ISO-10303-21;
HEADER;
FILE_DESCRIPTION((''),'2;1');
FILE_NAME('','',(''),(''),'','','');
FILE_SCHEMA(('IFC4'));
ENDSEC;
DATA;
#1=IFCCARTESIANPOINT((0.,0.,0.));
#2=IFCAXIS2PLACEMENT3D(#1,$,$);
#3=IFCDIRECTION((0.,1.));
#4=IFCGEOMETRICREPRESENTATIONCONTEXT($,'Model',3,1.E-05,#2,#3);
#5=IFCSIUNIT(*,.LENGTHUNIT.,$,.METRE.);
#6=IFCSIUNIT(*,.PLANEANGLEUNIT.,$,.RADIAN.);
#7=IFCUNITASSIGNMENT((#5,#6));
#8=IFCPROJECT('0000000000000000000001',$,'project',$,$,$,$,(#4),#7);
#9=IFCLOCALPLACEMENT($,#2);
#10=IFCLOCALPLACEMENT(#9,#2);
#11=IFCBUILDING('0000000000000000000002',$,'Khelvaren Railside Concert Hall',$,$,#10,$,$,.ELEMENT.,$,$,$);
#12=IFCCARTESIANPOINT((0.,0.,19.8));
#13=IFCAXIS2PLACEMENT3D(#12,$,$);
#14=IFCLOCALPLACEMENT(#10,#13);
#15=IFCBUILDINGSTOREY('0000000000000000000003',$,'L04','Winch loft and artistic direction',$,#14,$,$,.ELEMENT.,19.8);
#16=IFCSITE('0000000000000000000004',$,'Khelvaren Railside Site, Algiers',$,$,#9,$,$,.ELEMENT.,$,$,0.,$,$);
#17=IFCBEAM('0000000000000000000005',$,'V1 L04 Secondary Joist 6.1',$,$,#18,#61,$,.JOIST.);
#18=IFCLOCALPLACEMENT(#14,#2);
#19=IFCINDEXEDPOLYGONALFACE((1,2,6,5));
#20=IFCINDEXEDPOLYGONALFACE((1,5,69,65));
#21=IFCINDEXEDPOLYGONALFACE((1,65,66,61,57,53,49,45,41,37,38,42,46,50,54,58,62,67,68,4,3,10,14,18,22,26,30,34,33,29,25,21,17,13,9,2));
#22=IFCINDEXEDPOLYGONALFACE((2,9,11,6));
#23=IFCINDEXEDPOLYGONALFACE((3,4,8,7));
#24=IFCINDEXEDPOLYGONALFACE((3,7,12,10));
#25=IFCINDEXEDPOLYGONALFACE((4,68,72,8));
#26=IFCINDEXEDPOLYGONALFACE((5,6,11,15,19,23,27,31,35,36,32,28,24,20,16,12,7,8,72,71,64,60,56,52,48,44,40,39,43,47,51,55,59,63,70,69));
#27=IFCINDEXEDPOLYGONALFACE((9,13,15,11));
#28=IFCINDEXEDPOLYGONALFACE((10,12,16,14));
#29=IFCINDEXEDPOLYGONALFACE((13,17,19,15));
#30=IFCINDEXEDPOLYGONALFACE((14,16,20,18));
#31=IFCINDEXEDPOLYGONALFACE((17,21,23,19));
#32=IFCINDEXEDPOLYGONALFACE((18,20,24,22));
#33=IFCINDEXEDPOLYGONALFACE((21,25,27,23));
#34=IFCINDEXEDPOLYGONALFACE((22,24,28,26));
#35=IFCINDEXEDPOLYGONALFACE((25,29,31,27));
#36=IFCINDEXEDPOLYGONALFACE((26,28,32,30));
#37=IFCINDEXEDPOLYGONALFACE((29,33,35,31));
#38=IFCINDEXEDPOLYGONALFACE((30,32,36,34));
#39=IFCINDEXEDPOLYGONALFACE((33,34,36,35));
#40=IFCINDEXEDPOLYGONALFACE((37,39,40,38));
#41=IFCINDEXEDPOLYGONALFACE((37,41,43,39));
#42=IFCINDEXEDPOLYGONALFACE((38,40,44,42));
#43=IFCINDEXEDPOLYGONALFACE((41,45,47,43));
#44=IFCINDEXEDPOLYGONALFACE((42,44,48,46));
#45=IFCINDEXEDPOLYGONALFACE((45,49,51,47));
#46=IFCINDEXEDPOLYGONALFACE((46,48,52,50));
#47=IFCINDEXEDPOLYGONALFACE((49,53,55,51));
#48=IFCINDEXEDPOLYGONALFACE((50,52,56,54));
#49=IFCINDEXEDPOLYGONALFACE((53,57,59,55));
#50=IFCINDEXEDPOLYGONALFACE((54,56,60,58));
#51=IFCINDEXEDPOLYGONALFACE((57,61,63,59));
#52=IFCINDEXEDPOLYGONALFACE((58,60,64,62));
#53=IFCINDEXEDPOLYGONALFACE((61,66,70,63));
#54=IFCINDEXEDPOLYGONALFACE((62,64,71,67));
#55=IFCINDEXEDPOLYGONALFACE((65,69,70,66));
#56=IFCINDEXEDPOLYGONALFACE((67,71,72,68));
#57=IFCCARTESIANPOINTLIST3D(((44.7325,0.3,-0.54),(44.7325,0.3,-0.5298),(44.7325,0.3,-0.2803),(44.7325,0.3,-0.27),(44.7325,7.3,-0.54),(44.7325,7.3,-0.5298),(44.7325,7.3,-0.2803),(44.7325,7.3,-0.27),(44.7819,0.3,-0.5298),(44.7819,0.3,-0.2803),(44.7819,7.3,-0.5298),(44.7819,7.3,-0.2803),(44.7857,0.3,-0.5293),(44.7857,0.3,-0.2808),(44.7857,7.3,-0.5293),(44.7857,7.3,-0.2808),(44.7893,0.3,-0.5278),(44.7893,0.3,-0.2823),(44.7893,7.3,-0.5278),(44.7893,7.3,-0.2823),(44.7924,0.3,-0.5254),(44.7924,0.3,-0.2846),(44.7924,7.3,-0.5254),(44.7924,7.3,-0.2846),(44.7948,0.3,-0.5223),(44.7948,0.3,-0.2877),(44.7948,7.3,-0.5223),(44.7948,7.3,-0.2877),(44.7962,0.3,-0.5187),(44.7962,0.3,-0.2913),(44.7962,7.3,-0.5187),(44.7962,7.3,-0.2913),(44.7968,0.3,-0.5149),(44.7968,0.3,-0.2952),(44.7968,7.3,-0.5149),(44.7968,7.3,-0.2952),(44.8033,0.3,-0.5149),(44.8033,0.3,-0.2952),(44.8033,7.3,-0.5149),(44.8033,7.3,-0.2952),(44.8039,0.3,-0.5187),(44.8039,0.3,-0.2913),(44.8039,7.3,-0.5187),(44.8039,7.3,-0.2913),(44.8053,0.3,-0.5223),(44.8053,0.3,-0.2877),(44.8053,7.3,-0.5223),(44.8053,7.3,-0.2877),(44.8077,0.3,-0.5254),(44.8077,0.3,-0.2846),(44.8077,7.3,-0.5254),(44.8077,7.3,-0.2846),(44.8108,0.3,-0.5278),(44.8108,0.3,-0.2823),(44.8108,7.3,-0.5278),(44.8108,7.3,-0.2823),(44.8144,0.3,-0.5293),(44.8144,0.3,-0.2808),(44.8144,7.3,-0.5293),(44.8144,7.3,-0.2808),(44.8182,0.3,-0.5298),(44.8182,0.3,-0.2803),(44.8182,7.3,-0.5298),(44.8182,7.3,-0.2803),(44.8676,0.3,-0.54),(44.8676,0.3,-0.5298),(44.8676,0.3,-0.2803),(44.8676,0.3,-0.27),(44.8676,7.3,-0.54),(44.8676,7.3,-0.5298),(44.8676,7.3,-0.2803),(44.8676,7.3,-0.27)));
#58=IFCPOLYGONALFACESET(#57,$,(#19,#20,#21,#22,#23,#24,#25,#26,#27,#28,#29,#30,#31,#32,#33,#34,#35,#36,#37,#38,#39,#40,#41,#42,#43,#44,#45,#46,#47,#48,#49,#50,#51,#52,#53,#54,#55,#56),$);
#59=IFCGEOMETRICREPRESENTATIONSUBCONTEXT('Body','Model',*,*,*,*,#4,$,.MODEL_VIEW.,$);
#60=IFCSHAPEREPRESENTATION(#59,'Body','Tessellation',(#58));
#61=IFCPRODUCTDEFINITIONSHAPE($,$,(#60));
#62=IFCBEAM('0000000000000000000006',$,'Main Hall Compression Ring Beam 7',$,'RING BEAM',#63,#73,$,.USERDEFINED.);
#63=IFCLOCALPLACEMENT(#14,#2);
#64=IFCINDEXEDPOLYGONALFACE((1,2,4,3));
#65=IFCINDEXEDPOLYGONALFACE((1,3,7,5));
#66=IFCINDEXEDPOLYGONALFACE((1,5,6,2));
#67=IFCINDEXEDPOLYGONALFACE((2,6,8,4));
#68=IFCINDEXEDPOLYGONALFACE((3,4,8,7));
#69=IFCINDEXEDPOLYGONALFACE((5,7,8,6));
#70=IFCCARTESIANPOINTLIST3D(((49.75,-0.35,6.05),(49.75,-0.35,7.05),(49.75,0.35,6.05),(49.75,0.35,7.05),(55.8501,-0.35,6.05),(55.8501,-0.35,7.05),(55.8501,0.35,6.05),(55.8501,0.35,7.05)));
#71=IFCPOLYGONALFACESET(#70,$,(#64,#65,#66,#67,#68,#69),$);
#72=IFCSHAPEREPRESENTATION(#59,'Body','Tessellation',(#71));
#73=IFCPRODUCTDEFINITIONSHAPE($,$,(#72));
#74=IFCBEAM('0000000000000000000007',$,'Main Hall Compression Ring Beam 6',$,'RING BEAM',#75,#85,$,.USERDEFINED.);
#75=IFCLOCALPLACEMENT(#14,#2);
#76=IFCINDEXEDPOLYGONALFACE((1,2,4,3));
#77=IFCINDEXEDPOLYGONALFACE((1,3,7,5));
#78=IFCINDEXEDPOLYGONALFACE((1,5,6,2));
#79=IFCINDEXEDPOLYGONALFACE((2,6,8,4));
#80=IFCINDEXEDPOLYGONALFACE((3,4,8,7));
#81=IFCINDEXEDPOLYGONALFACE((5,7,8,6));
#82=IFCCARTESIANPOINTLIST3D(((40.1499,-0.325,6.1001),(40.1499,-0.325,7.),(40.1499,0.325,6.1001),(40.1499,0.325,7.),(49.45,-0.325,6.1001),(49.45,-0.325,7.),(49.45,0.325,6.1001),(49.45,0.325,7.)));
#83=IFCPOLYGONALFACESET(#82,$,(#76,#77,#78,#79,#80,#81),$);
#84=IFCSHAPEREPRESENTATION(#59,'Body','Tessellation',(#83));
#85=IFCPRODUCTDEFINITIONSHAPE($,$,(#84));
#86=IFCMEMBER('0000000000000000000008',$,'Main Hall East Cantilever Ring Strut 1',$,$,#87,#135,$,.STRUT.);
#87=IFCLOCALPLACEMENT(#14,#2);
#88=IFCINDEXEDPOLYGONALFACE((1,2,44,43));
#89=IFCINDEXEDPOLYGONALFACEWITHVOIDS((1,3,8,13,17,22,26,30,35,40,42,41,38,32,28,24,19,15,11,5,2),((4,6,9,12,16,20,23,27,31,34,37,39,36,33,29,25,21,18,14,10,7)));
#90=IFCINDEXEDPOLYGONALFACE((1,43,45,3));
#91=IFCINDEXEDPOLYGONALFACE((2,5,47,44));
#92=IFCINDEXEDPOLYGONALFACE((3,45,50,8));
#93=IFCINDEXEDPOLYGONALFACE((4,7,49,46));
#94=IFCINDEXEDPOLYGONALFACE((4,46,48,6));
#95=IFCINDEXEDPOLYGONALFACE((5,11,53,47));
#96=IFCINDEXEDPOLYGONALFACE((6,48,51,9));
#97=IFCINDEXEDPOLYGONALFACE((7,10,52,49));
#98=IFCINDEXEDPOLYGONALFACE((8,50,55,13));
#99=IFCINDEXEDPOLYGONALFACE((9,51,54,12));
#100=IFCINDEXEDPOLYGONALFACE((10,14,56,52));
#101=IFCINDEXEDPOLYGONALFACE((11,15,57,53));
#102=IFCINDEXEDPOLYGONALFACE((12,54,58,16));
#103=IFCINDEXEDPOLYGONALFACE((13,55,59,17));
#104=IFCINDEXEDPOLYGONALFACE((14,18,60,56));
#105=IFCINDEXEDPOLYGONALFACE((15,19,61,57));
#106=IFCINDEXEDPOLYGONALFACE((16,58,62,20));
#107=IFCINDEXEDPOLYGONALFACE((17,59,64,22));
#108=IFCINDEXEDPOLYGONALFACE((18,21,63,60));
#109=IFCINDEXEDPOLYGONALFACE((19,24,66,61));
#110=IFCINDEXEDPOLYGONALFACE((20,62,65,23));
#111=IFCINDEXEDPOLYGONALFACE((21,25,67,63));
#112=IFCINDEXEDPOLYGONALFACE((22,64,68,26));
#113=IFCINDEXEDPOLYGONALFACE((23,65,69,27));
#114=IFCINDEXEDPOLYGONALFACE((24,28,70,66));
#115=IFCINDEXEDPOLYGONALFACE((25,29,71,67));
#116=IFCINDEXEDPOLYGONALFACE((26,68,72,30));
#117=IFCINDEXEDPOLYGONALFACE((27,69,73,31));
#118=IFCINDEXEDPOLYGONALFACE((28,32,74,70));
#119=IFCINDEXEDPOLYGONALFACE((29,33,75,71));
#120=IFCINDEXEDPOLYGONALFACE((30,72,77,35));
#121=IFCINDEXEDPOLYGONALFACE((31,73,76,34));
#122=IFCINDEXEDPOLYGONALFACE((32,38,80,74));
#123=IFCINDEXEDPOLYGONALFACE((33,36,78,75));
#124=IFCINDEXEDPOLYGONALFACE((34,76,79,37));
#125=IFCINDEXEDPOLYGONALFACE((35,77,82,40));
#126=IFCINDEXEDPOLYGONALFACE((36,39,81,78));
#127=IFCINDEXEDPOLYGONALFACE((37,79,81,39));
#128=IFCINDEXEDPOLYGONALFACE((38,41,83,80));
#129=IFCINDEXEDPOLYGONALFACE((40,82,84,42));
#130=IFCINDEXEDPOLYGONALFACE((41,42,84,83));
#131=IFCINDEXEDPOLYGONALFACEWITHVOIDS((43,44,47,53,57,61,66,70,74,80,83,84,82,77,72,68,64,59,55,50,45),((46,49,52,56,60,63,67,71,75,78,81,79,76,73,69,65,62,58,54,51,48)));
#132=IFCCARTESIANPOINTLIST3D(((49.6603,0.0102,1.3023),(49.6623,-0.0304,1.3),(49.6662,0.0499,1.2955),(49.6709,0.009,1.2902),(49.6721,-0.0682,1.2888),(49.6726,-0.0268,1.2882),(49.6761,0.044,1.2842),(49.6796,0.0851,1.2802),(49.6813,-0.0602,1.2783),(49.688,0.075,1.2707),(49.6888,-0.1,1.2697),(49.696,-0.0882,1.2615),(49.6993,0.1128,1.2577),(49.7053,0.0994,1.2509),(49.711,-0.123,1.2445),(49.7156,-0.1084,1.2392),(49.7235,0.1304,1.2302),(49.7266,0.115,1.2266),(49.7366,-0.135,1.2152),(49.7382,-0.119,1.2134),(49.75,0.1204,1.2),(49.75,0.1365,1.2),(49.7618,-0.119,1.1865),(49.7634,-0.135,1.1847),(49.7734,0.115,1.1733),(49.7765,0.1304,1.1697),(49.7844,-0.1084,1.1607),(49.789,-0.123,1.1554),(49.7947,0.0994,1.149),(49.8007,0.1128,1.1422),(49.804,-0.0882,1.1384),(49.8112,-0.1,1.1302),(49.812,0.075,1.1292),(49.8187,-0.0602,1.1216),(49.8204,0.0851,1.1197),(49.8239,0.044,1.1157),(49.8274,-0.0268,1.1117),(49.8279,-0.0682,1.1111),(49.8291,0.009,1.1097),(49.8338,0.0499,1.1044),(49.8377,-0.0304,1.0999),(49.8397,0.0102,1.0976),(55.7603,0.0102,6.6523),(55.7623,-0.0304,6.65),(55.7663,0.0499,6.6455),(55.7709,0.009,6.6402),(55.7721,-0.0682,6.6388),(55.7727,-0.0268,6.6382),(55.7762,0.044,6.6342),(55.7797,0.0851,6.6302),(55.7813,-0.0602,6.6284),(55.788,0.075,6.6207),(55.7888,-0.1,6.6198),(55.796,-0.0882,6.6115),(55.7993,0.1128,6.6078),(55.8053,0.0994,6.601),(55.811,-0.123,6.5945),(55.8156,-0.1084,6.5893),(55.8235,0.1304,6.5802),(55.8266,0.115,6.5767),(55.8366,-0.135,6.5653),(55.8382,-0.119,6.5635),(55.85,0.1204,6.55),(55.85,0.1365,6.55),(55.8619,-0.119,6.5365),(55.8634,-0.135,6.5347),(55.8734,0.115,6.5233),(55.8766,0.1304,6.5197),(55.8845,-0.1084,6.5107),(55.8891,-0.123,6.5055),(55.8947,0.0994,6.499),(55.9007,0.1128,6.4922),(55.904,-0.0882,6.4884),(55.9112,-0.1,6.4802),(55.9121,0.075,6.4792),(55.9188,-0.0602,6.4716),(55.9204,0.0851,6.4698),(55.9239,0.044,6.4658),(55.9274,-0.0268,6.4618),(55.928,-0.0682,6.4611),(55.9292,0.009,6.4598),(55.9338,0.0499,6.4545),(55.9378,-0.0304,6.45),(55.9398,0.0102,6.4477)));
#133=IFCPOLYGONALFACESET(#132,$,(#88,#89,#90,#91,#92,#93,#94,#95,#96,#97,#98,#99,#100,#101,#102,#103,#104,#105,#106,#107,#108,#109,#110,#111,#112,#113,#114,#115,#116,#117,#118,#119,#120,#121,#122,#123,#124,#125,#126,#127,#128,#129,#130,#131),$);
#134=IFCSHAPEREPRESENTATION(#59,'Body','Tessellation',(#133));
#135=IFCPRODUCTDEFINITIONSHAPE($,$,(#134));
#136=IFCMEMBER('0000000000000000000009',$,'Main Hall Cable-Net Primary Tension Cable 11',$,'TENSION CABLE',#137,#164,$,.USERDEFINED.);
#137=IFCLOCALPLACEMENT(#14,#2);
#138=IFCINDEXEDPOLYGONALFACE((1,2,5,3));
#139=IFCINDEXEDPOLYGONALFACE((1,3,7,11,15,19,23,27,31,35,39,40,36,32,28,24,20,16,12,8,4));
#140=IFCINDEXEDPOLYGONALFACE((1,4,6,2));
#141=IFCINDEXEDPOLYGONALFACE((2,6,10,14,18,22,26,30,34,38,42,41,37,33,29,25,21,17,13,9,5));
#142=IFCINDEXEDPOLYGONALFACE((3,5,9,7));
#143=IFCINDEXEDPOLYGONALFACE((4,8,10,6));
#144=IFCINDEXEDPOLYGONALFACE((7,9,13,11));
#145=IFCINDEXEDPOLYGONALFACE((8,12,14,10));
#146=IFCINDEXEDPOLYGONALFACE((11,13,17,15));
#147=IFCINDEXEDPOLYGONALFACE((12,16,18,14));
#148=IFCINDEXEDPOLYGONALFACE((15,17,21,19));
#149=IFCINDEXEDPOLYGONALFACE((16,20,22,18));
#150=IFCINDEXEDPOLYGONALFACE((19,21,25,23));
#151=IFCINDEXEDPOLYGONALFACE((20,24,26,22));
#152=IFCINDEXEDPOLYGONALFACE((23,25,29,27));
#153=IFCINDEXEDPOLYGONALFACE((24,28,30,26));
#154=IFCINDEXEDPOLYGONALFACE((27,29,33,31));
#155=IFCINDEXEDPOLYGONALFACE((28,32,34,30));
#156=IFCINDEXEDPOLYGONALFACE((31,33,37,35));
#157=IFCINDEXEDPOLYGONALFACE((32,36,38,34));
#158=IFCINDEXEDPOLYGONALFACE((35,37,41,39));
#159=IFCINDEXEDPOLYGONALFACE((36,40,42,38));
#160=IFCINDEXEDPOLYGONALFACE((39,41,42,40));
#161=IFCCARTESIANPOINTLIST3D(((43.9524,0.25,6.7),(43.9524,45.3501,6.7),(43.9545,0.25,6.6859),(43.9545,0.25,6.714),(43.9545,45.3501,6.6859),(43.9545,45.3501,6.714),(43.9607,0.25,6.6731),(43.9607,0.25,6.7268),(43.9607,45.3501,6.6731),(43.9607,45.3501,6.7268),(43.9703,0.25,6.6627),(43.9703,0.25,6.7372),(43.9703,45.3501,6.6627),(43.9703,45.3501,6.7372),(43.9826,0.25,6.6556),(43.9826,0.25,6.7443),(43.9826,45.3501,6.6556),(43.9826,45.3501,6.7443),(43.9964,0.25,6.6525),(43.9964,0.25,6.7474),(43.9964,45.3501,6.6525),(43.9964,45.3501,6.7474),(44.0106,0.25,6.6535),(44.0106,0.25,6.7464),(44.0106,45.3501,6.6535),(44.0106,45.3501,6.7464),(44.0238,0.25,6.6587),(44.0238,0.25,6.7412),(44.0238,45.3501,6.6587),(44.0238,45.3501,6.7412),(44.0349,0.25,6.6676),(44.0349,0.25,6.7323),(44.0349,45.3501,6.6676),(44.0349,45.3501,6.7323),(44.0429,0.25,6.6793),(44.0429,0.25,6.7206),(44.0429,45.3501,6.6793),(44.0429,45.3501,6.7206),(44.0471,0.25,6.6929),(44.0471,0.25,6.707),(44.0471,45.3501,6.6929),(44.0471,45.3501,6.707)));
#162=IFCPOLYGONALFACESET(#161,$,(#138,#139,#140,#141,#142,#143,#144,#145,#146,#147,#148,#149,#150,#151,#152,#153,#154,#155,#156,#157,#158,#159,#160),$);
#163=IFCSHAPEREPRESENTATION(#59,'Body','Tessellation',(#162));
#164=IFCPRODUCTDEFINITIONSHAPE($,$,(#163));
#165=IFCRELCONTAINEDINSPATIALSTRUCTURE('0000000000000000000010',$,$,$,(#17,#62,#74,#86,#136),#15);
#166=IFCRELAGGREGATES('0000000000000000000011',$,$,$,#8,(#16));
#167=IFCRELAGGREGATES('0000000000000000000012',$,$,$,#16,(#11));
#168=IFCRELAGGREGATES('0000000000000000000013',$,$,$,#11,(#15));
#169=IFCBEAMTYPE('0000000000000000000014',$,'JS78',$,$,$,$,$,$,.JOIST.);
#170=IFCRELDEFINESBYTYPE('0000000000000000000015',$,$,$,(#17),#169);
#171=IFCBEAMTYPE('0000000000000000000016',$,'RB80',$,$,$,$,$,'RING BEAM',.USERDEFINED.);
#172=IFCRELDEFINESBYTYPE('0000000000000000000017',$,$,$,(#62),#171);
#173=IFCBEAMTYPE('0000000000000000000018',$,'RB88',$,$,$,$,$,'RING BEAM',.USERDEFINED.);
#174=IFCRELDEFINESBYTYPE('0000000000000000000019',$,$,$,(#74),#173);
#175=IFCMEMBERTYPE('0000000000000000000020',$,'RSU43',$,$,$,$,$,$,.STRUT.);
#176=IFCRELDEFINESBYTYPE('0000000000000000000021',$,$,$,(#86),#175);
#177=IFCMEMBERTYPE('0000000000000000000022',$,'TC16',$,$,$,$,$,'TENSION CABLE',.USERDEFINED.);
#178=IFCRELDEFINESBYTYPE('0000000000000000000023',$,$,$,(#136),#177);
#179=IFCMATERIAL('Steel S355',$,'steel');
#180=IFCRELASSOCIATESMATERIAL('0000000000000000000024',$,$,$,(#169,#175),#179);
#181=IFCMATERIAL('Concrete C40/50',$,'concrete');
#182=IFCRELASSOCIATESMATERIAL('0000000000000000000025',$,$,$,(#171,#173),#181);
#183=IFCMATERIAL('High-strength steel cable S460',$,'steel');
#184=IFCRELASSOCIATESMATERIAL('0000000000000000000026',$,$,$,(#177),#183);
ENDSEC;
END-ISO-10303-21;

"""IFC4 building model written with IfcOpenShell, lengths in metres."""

from ifc_helpers import new_model, si_unit, direction, frame, origin, origin_2d, place, context, subcontext, project, spatial, rectangle, circle, hollow_circle, i_section, extrude, material, material_profile, profile_set, type_object, element, save


model = new_model("IFC4")

# Units and contexts
model_context = context("Model", 3, precision=1e-05, world=origin(), true_north=direction((0.0, 1.0)))
body_context = subcontext(model_context, "Body", "Model", "MODEL_VIEW")
ifc_project = project(units=[si_unit("LENGTHUNIT", "METRE"), si_unit("PLANEANGLEUNIT", "RADIAN")], contexts=[model_context])

# Site, building, storey
site_placement = place(None, origin())
site = spatial("IfcSite", under=ifc_project, at=site_placement, Name="Khelvaren Railside Site, Algiers", CompositionType="ELEMENT", RefElevation=0.0)
building_placement = place(site_placement, origin())
building = spatial("IfcBuilding", under=site, at=building_placement, Name="Khelvaren Railside Concert Hall", CompositionType="ELEMENT")
storey_placement = place(building_placement, frame((0.0, 0.0, 19.8)))
storey = spatial("IfcBuildingStorey", under=building, at=storey_placement, Name="L04", Description="Winch loft and artistic direction", CompositionType="ELEMENT", Elevation=19.8)

# Shared definitions
ifc_material_1 = material(Name="Steel S355", Category="steel")

# Beams
ifc_material_2 = material(Name="Concrete C40/50", Category="concrete")
ifc_material_profile_1 = material_profile(ifc_material_1, i_section(OverallWidth=0.135, OverallDepth=0.27, WebThickness=0.0066, FlangeThickness=0.0103, FilletRadius=0.0149, at=origin_2d()), Name="IPE 270")
ifc_profile_set_1 = profile_set([ifc_material_profile_1], Name="Steel S355")
beam_type_1 = type_object("IfcBeamType", Name="JS78", PredefinedType="JOIST", material=ifc_profile_set_1)
beam_1_placement = place(storey_placement, frame((44.8, 0.3, -0.405), z_axis=(0.0, 1.0, 0.0), x_axis=(-1.0, 0.0, 0.0)))
element("IfcBeam", 1, at=beam_1_placement, inside=storey, type_object=beam_type_1, Name="V1 L04 Secondary Joist 6.1", PredefinedType="JOIST", context=body_context, shape_type="SweptSolid", body=[
    extrude(i_section(OverallWidth=0.135, OverallDepth=0.27, WebThickness=0.0066, FlangeThickness=0.0103, FilletRadius=0.0149, at=origin_2d()), origin(), (0.0, 0.0, 1.0), 7.0),
])
ifc_material_profile_2 = material_profile(ifc_material_2, rectangle(XDim=0.7, YDim=1.0, at=origin_2d()), Name="RCB 700x1000")
ifc_profile_set_2 = profile_set([ifc_material_profile_2], Name="Concrete C40/50")
beam_type_2 = type_object("IfcBeamType", Name="RB80", ElementType="RING BEAM", PredefinedType="USERDEFINED", material=ifc_profile_set_2)
beam_2_placement = place(storey_placement, frame((49.75, 0.0, 6.55), z_axis=(1.0, 0.0, 0.0), x_axis=(0.0, 1.0, 0.0)))
element("IfcBeam", 2, at=beam_2_placement, inside=storey, type_object=beam_type_2, Name="Main Hall Compression Ring Beam 7", ObjectType="RING BEAM", PredefinedType="USERDEFINED", context=body_context, shape_type="SweptSolid", body=[
    extrude(rectangle(XDim=0.7, YDim=1.0, at=origin_2d()), origin(), (0.0, 0.0, 1.0), 6.1001),
])
ifc_material_profile_3 = material_profile(ifc_material_2, rectangle(XDim=0.6499, YDim=0.8999, at=origin_2d()), Name="RCB 650x900")
ifc_profile_set_3 = profile_set([ifc_material_profile_3], Name="Concrete C40/50")
beam_type_3 = type_object("IfcBeamType", Name="RB88", ElementType="RING BEAM", PredefinedType="USERDEFINED", material=ifc_profile_set_3)
beam_3_placement = place(storey_placement, frame((40.1499, 0.0, 6.55), z_axis=(1.0, 0.0, 0.0), x_axis=(0.0, 1.0, 0.0)))
element("IfcBeam", 3, at=beam_3_placement, inside=storey, type_object=beam_type_3, Name="Main Hall Compression Ring Beam 6", ObjectType="RING BEAM", PredefinedType="USERDEFINED", context=body_context, shape_type="SweptSolid", body=[
    extrude(rectangle(XDim=0.6499, YDim=0.8999, at=origin_2d()), origin(), (0.0, 0.0, 1.0), 9.3),
])

# Members
ifc_material_profile_4 = material_profile(ifc_material_1, hollow_circle(Radius=0.1365, WallThickness=0.0161, at=origin_2d()), Name="CHS 273x16")
ifc_profile_set_4 = profile_set([ifc_material_profile_4], Name="Steel S355")
member_type_1 = type_object("IfcMemberType", Name="RSU43", PredefinedType="STRUT", material=ifc_profile_set_4)
member_1_placement = place(storey_placement, frame((49.75, 0.0, 1.2), z_axis=(0.751812, 0.0, 0.659378), x_axis=(0.0, 1.0, 0.0)))
element("IfcMember", 4, at=member_1_placement, inside=storey, type_object=member_type_1, Name="Main Hall East Cantilever Ring Strut 1", PredefinedType="STRUT", context=body_context, shape_type="SweptSolid", body=[
    extrude(hollow_circle(Radius=0.1365, WallThickness=0.0161, at=origin_2d()), origin(), (0.0, 0.0, 1.0), 8.1138),
])
ifc_material_3 = material(Name="High-strength steel cable S460", Category="steel")
ifc_material_profile_5 = material_profile(ifc_material_3, circle(Radius=0.0476, at=origin_2d()), Name="LCB D95")
ifc_profile_set_5 = profile_set([ifc_material_profile_5], Name="High-strength steel cable S460")
member_type_2 = type_object("IfcMemberType", Name="TC16", ElementType="TENSION CABLE", PredefinedType="USERDEFINED", material=ifc_profile_set_5)
member_2_placement = place(storey_placement, frame((44.0, 0.25, 6.7), z_axis=(0.0, 1.0, 0.0), x_axis=(-1.0, 0.0, 0.0)))
element("IfcMember", 5, at=member_2_placement, inside=storey, type_object=member_type_2, Name="Main Hall Cable-Net Primary Tension Cable 11", ObjectType="TENSION CABLE", PredefinedType="USERDEFINED", context=body_context, shape_type="SweptSolid", body=[
    extrude(circle(Radius=0.0476, at=origin_2d()), origin(), (0.0, 0.0, 1.0), 45.1001),
])

save(model, "model.ifc")
